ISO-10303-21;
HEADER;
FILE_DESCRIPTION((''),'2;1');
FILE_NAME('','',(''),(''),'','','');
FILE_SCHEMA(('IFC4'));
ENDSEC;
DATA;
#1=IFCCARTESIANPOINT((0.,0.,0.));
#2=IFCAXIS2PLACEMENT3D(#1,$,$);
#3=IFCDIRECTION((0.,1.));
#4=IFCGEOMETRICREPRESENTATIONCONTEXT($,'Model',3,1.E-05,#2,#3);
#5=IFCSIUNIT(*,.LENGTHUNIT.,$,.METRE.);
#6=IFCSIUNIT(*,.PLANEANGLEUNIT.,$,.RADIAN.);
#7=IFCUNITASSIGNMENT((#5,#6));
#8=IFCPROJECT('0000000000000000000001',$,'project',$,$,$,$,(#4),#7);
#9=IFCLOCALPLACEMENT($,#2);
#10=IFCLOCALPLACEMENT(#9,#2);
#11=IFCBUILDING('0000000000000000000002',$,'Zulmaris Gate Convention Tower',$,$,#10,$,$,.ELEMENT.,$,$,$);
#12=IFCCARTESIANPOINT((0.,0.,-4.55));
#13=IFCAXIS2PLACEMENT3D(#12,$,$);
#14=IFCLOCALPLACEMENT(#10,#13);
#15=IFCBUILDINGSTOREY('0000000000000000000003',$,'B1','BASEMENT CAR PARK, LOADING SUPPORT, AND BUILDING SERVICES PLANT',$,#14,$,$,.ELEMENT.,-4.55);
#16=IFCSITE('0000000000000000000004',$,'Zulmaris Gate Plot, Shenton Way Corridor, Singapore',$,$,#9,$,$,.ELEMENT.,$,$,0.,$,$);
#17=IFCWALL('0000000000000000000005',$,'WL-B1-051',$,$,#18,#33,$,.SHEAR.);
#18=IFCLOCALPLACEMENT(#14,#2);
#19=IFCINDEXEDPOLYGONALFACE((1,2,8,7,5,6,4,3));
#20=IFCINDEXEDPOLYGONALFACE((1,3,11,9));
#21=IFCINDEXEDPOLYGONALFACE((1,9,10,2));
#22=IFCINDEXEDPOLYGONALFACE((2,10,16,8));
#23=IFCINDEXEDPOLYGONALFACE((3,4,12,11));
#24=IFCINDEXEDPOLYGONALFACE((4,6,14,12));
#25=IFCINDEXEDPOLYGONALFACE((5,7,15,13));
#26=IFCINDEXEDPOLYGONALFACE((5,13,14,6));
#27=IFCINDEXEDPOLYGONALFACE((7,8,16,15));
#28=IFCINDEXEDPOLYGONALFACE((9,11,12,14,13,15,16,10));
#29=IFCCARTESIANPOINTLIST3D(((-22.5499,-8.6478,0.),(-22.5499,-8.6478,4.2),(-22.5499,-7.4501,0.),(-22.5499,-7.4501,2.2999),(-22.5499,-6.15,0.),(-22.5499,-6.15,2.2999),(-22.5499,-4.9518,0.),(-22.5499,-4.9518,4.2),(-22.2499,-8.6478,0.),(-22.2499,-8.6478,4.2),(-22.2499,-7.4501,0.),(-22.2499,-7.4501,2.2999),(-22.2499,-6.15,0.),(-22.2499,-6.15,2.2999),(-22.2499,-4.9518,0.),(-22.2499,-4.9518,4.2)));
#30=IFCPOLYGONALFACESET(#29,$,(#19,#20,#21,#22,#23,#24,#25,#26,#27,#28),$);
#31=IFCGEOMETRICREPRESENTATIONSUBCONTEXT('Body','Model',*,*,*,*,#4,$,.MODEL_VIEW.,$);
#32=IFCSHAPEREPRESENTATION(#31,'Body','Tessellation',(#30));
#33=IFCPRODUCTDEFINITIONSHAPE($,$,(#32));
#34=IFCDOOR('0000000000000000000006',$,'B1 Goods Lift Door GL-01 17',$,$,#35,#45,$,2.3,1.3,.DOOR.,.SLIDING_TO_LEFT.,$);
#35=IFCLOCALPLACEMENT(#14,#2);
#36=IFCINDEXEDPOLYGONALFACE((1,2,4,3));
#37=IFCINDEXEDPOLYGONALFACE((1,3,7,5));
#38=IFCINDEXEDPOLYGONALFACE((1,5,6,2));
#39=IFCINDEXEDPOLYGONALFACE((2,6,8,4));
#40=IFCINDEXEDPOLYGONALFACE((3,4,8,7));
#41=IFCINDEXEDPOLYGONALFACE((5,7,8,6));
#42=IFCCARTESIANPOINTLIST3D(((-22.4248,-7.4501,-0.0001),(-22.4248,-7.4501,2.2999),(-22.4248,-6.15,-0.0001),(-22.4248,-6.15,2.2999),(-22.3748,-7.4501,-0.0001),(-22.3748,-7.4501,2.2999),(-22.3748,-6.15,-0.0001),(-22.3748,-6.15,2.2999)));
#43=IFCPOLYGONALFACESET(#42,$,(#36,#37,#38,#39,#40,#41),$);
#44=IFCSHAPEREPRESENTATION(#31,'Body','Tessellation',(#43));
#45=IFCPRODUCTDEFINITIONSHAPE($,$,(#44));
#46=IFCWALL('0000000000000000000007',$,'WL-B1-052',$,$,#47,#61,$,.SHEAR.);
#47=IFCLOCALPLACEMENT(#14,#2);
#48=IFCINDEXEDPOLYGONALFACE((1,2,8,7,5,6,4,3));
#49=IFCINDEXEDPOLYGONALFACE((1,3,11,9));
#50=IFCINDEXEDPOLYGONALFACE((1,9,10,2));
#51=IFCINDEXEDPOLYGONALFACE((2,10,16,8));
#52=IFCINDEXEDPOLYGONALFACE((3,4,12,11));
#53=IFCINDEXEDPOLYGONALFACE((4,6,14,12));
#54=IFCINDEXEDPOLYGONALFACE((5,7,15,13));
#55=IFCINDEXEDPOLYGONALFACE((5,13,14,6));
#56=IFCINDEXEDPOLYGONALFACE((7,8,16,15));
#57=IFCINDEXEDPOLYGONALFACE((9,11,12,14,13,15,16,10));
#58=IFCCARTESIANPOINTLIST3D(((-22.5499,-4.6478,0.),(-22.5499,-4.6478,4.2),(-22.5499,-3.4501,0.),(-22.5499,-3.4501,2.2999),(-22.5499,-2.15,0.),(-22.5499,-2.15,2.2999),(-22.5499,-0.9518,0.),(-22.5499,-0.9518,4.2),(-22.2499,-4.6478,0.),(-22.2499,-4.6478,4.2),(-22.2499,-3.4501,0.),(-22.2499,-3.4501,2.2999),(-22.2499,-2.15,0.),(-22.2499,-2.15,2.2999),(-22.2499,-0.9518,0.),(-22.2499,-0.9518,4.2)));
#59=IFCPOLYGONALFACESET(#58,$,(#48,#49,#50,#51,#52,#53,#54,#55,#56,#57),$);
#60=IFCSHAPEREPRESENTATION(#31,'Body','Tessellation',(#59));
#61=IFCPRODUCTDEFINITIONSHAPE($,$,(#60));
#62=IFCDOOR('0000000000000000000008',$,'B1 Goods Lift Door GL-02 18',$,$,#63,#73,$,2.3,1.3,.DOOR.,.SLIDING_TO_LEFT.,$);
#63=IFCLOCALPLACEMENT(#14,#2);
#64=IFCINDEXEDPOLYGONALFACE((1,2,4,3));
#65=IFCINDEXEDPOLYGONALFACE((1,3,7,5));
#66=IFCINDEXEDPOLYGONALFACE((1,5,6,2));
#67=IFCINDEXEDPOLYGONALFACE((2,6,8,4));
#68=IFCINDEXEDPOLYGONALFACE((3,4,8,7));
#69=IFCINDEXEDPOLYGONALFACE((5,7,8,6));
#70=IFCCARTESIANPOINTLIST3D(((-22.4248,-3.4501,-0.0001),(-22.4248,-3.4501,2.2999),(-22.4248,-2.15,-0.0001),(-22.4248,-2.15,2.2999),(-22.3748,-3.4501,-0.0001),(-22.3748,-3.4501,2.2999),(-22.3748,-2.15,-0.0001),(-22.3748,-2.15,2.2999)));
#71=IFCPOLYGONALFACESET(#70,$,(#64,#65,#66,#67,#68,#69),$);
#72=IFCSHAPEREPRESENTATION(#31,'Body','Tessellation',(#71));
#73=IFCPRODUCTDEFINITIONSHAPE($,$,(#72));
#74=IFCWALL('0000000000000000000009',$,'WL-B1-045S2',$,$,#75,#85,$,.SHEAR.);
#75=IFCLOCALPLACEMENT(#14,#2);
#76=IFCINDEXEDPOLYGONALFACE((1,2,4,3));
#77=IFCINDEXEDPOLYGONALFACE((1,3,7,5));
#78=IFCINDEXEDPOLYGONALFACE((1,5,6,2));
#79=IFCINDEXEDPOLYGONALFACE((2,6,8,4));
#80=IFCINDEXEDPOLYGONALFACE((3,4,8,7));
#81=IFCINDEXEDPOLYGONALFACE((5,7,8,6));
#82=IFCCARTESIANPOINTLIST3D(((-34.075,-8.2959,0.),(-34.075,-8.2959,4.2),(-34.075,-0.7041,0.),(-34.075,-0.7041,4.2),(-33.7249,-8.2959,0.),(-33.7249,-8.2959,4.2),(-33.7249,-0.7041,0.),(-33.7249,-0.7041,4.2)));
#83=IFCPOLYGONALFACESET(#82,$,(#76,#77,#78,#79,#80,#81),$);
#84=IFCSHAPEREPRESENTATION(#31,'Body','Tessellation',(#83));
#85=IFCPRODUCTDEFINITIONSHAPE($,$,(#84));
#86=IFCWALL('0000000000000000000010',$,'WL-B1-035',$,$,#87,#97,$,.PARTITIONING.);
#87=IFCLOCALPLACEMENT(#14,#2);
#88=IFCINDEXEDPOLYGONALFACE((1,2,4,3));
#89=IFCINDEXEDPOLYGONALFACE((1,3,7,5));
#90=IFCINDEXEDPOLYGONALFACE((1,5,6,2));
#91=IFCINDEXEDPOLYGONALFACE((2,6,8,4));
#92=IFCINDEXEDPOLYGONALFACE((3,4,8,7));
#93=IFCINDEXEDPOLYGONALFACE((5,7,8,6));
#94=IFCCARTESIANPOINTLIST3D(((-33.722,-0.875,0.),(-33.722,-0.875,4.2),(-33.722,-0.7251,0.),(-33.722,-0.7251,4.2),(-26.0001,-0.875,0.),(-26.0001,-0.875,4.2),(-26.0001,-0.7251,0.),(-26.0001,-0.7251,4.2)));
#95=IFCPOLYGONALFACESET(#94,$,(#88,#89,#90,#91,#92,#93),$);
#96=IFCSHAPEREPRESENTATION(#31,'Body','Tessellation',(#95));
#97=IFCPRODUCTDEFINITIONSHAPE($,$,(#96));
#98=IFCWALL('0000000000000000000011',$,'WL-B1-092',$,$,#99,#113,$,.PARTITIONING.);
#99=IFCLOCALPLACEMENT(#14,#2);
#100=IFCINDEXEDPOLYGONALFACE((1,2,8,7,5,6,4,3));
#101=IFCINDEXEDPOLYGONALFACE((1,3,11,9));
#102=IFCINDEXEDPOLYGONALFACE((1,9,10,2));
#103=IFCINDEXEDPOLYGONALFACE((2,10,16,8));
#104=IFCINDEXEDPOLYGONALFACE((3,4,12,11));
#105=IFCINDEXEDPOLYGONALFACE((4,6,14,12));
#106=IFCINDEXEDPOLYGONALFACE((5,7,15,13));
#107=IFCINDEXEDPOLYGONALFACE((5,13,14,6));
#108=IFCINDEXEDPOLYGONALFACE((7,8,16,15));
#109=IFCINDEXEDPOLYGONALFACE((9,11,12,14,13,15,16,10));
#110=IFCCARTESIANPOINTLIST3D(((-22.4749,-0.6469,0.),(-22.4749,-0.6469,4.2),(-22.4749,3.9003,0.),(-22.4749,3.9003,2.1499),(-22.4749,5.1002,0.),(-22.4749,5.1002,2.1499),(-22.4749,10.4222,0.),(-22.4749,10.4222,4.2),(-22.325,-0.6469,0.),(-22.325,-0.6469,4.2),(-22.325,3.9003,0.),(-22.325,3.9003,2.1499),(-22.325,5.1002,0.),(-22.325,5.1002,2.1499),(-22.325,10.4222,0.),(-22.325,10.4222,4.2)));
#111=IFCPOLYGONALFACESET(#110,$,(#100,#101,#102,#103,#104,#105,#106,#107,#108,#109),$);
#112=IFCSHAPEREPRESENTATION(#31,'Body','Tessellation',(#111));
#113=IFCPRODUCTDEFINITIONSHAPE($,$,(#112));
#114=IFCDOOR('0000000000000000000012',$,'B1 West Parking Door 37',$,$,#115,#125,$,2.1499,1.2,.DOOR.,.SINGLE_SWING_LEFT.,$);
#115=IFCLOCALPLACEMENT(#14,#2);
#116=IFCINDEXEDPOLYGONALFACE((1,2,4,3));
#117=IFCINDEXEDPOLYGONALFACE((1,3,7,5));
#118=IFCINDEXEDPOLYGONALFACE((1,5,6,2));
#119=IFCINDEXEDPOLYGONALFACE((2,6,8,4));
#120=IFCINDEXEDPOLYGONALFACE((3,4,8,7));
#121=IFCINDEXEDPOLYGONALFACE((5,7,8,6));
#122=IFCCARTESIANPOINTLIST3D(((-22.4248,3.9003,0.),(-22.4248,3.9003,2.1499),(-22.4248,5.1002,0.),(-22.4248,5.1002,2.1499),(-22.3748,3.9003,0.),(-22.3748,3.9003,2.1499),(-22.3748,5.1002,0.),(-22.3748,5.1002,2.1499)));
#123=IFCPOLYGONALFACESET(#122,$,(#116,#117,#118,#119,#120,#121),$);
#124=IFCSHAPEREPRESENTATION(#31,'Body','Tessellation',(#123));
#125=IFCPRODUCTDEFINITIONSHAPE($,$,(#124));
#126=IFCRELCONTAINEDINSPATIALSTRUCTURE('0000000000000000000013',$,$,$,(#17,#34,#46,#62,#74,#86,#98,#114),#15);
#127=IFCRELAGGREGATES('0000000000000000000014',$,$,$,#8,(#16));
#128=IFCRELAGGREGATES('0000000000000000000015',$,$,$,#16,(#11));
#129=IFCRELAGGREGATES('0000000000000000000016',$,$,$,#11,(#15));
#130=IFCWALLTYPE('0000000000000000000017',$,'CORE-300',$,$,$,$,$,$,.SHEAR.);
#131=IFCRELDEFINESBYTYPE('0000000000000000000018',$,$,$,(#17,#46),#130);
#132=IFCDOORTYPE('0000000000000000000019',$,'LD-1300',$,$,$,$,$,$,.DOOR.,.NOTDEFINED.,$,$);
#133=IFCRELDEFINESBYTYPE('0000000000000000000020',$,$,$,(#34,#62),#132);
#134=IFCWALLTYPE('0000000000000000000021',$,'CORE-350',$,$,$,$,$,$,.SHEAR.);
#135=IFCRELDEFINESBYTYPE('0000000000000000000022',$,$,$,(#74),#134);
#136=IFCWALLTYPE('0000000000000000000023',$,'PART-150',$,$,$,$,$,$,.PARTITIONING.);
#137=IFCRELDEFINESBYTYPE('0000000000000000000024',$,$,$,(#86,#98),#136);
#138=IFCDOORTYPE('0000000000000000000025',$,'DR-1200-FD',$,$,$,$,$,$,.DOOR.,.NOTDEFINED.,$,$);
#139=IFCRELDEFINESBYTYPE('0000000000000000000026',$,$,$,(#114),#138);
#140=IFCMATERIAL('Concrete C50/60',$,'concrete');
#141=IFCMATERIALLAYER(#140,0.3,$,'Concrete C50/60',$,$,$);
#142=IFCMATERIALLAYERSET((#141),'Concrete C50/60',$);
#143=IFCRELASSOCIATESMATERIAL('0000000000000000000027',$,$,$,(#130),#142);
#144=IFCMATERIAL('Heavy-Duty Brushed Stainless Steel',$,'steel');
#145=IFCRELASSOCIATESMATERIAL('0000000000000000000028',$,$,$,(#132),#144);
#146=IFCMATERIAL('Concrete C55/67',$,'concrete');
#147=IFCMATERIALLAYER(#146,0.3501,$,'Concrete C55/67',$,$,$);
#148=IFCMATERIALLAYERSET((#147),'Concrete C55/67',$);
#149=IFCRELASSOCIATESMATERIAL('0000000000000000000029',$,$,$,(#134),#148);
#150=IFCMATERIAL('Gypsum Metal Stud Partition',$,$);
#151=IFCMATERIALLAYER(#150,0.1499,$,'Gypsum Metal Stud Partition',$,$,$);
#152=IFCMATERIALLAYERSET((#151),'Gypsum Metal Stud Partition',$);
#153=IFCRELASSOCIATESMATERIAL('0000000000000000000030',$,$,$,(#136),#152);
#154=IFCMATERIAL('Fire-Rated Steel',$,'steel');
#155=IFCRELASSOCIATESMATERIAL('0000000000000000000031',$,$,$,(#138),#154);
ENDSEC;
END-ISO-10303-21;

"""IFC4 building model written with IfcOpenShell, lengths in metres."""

from ifc_helpers import new_model, si_unit, direction, frame, frame_2d, origin, place, context, subcontext, project, spatial, rectangle, extrude, material, layer, layer_set, type_object, element, fill, save


model = new_model("IFC4")

# Units and contexts
model_context = context("Model", 3, precision=1e-05, world=origin(), true_north=direction((0.0, 1.0)))
body_context = subcontext(model_context, "Body", "Model", "MODEL_VIEW")
ifc_project = project(units=[si_unit("LENGTHUNIT", "METRE"), si_unit("PLANEANGLEUNIT", "RADIAN")], contexts=[model_context])

# Site, building, storey
site_placement = place(None, origin())
site = spatial("IfcSite", under=ifc_project, at=site_placement, Name="Zulmaris Gate Plot, Shenton Way Corridor, Singapore", CompositionType="ELEMENT", RefElevation=0.0)
building_placement = place(site_placement, origin())
building = spatial("IfcBuilding", under=site, at=building_placement, Name="Zulmaris Gate Convention Tower", CompositionType="ELEMENT")
storey_placement = place(building_placement, frame((0.0, 0.0, -4.55)))
storey = spatial("IfcBuildingStorey", under=building, at=storey_placement, Name="B1", Description="BASEMENT CAR PARK, LOADING SUPPORT, AND BUILDING SERVICES PLANT", CompositionType="ELEMENT", Elevation=-4.55)

# Shared definitions
ifc_material_1 = material(Name="Concrete C50/60", Category="concrete")
ifc_layer_1 = layer(ifc_material_1, 0.3, Name="Concrete C50/60")
ifc_layer_set_1 = layer_set([ifc_layer_1], Name="Concrete C50/60")
wall_type_1 = type_object("IfcWallType", Name="CORE-300", PredefinedType="SHEAR", material=ifc_layer_set_1)

# Walls, openings, doors
wall_1_placement = place(storey_placement, frame((-22.3999, -8.6479, 0.0), z_axis=(0.0, 0.0, 1.0), x_axis=(0.0, 1.0, 0.0)))
wall_1 = element("IfcWall", 1, at=wall_1_placement, inside=storey, type_object=wall_type_1, Name="WL-B1-051", PredefinedType="SHEAR", context=body_context, shape_type="SweptSolid", body=[
    extrude(rectangle(XDim=3.696, YDim=0.3, at=frame_2d((1.8481, 0.0))), origin(), (0.0, 0.0, 1.0), 4.2),
])
opening_1_placement = place(wall_1_placement, frame((1.198, 0.0, 0.0)))
opening_1 = element("IfcOpeningElement", 2, at=opening_1_placement, cuts=wall_1, PredefinedType="OPENING", context=body_context, shape_type="SweptSolid", body=[
    extrude(rectangle(XDim=1.3, YDim=2.3, at=frame_2d((0.6499, 1.1499))), frame((0.0, 0.1602, 0.0), z_axis=(0.0, -1.0, 0.0), x_axis=(1.0, 0.0, 0.0)), (0.0, 0.0, 1.0), 0.3201),
])
ifc_material_2 = material(Name="Heavy-Duty Brushed Stainless Steel", Category="steel")
door_type_1 = type_object("IfcDoorType", Name="LD-1300", OperationType="NOTDEFINED", PredefinedType="DOOR", material=ifc_material_2)
door_1_placement = place(opening_1_placement, origin())
door_1 = element("IfcDoor", 3, at=door_1_placement, inside=storey, type_object=door_type_1, Name="B1 Goods Lift Door GL-01 17", OperationType="SLIDING_TO_LEFT", OverallHeight=2.3, OverallWidth=1.3, PredefinedType="DOOR", context=body_context, shape_type="SweptSolid", body=[
    extrude(rectangle(XDim=1.3, YDim=2.3, at=frame_2d((0.6499, 1.1499))), frame((0.0, 0.0249, 0.0), z_axis=(0.0, -1.0, 0.0), x_axis=(1.0, 0.0, 0.0)), (0.0, 0.0, 1.0), 0.05),
])
fill(opening_1, door_1)
wall_2_placement = place(storey_placement, frame((-22.3999, -4.6479, 0.0), z_axis=(0.0, 0.0, 1.0), x_axis=(0.0, 1.0, 0.0)))
wall_2 = element("IfcWall", 4, at=wall_2_placement, inside=storey, type_object=wall_type_1, Name="WL-B1-052", PredefinedType="SHEAR", context=body_context, shape_type="SweptSolid", body=[
    extrude(rectangle(XDim=3.696, YDim=0.3, at=frame_2d((1.8481, 0.0))), origin(), (0.0, 0.0, 1.0), 4.2),
])
opening_2_placement = place(wall_2_placement, frame((1.198, 0.0, 0.0)))
opening_2 = element("IfcOpeningElement", 5, at=opening_2_placement, cuts=wall_2, PredefinedType="OPENING", context=body_context, shape_type="SweptSolid", body=[
    extrude(rectangle(XDim=1.3, YDim=2.3, at=frame_2d((0.6499, 1.1499))), frame((0.0, 0.1602, 0.0), z_axis=(0.0, -1.0, 0.0), x_axis=(1.0, 0.0, 0.0)), (0.0, 0.0, 1.0), 0.3201),
])
door_2_placement = place(opening_2_placement, origin())
door_2 = element("IfcDoor", 6, at=door_2_placement, inside=storey, type_object=door_type_1, Name="B1 Goods Lift Door GL-02 18", OperationType="SLIDING_TO_LEFT", OverallHeight=2.3, OverallWidth=1.3, PredefinedType="DOOR", context=body_context, shape_type="SweptSolid", body=[
    extrude(rectangle(XDim=1.3, YDim=2.3, at=frame_2d((0.6499, 1.1499))), frame((0.0, 0.0249, 0.0), z_axis=(0.0, -1.0, 0.0), x_axis=(1.0, 0.0, 0.0)), (0.0, 0.0, 1.0), 0.05),
])
fill(opening_2, door_2)

# Walls
ifc_material_3 = material(Name="Concrete C55/67", Category="concrete")
ifc_layer_2 = layer(ifc_material_3, 0.3501, Name="Concrete C55/67")
ifc_layer_set_2 = layer_set([ifc_layer_2], Name="Concrete C55/67")
wall_type_2 = type_object("IfcWallType", Name="CORE-350", PredefinedType="SHEAR", material=ifc_layer_set_2)
wall_3_placement = place(storey_placement, frame((-33.8999, -8.2959, 0.0), z_axis=(0.0, 0.0, 1.0), x_axis=(0.0, 1.0, 0.0)))
element("IfcWall", 7, at=wall_3_placement, inside=storey, type_object=wall_type_2, Name="WL-B1-045S2", PredefinedType="SHEAR", context=body_context, shape_type="SweptSolid", body=[
    extrude(rectangle(XDim=7.5918, YDim=0.3501, at=frame_2d((3.7959, 0.0))), origin(), (0.0, 0.0, 1.0), 4.2),
])
ifc_material_4 = material(Name="Gypsum Metal Stud Partition")
ifc_layer_3 = layer(ifc_material_4, 0.1499, Name="Gypsum Metal Stud Partition")
ifc_layer_set_3 = layer_set([ifc_layer_3], Name="Gypsum Metal Stud Partition")
wall_type_3 = type_object("IfcWallType", Name="PART-150", PredefinedType="PARTITIONING", material=ifc_layer_set_3)
wall_4_placement = place(storey_placement, frame((-33.7219, -0.8, 0.0), z_axis=(0.0, 0.0, 1.0), x_axis=(1.0, 0.0, 0.0)))
element("IfcWall", 8, at=wall_4_placement, inside=storey, type_object=wall_type_3, Name="WL-B1-035", PredefinedType="PARTITIONING", context=body_context, shape_type="SweptSolid", body=[
    extrude(rectangle(XDim=7.7219, YDim=0.1499, at=frame_2d((3.8608, 0.0))), origin(), (0.0, 0.0, 1.0), 4.2),
])

# Wall, opening, door
wall_5_placement = place(storey_placement, frame((-22.3999, -0.647, 0.0), z_axis=(0.0, 0.0, 1.0), x_axis=(0.0, 1.0, 0.0)))
wall_5 = element("IfcWall", 9, at=wall_5_placement, inside=storey, type_object=wall_type_3, Name="WL-B1-092", PredefinedType="PARTITIONING", context=body_context, shape_type="SweptSolid", body=[
    extrude(rectangle(XDim=11.0691, YDim=0.1499, at=frame_2d((5.5347, 0.0))), origin(), (0.0, 0.0, 1.0), 4.2),
])
opening_3_placement = place(wall_5_placement, frame((4.5471, 0.0, 0.0)))
opening_3 = element("IfcOpeningElement", 10, at=opening_3_placement, cuts=wall_5, PredefinedType="OPENING", context=body_context, shape_type="SweptSolid", body=[
    extrude(rectangle(XDim=1.2, YDim=2.1499, at=frame_2d((0.6001, 1.075))), frame((0.0, 0.085, 0.0), z_axis=(0.0, -1.0, 0.0), x_axis=(1.0, 0.0, 0.0)), (0.0, 0.0, 1.0), 0.1699),
])
ifc_material_5 = material(Name="Fire-Rated Steel", Category="steel")
door_type_2 = type_object("IfcDoorType", Name="DR-1200-FD", OperationType="NOTDEFINED", PredefinedType="DOOR", material=ifc_material_5)
door_3_placement = place(opening_3_placement, origin())
door_3 = element("IfcDoor", 11, at=door_3_placement, inside=storey, type_object=door_type_2, Name="B1 West Parking Door 37", OperationType="SINGLE_SWING_LEFT", OverallHeight=2.1499, OverallWidth=1.2, PredefinedType="DOOR", context=body_context, shape_type="SweptSolid", body=[
    extrude(rectangle(XDim=1.2, YDim=2.1499, at=frame_2d((0.6001, 1.075))), frame((0.0, 0.0249, 0.0), z_axis=(0.0, -1.0, 0.0), x_axis=(1.0, 0.0, 0.0)), (0.0, 0.0, 1.0), 0.05),
])
fill(opening_3, door_3)

save(model, "model.ifc")
